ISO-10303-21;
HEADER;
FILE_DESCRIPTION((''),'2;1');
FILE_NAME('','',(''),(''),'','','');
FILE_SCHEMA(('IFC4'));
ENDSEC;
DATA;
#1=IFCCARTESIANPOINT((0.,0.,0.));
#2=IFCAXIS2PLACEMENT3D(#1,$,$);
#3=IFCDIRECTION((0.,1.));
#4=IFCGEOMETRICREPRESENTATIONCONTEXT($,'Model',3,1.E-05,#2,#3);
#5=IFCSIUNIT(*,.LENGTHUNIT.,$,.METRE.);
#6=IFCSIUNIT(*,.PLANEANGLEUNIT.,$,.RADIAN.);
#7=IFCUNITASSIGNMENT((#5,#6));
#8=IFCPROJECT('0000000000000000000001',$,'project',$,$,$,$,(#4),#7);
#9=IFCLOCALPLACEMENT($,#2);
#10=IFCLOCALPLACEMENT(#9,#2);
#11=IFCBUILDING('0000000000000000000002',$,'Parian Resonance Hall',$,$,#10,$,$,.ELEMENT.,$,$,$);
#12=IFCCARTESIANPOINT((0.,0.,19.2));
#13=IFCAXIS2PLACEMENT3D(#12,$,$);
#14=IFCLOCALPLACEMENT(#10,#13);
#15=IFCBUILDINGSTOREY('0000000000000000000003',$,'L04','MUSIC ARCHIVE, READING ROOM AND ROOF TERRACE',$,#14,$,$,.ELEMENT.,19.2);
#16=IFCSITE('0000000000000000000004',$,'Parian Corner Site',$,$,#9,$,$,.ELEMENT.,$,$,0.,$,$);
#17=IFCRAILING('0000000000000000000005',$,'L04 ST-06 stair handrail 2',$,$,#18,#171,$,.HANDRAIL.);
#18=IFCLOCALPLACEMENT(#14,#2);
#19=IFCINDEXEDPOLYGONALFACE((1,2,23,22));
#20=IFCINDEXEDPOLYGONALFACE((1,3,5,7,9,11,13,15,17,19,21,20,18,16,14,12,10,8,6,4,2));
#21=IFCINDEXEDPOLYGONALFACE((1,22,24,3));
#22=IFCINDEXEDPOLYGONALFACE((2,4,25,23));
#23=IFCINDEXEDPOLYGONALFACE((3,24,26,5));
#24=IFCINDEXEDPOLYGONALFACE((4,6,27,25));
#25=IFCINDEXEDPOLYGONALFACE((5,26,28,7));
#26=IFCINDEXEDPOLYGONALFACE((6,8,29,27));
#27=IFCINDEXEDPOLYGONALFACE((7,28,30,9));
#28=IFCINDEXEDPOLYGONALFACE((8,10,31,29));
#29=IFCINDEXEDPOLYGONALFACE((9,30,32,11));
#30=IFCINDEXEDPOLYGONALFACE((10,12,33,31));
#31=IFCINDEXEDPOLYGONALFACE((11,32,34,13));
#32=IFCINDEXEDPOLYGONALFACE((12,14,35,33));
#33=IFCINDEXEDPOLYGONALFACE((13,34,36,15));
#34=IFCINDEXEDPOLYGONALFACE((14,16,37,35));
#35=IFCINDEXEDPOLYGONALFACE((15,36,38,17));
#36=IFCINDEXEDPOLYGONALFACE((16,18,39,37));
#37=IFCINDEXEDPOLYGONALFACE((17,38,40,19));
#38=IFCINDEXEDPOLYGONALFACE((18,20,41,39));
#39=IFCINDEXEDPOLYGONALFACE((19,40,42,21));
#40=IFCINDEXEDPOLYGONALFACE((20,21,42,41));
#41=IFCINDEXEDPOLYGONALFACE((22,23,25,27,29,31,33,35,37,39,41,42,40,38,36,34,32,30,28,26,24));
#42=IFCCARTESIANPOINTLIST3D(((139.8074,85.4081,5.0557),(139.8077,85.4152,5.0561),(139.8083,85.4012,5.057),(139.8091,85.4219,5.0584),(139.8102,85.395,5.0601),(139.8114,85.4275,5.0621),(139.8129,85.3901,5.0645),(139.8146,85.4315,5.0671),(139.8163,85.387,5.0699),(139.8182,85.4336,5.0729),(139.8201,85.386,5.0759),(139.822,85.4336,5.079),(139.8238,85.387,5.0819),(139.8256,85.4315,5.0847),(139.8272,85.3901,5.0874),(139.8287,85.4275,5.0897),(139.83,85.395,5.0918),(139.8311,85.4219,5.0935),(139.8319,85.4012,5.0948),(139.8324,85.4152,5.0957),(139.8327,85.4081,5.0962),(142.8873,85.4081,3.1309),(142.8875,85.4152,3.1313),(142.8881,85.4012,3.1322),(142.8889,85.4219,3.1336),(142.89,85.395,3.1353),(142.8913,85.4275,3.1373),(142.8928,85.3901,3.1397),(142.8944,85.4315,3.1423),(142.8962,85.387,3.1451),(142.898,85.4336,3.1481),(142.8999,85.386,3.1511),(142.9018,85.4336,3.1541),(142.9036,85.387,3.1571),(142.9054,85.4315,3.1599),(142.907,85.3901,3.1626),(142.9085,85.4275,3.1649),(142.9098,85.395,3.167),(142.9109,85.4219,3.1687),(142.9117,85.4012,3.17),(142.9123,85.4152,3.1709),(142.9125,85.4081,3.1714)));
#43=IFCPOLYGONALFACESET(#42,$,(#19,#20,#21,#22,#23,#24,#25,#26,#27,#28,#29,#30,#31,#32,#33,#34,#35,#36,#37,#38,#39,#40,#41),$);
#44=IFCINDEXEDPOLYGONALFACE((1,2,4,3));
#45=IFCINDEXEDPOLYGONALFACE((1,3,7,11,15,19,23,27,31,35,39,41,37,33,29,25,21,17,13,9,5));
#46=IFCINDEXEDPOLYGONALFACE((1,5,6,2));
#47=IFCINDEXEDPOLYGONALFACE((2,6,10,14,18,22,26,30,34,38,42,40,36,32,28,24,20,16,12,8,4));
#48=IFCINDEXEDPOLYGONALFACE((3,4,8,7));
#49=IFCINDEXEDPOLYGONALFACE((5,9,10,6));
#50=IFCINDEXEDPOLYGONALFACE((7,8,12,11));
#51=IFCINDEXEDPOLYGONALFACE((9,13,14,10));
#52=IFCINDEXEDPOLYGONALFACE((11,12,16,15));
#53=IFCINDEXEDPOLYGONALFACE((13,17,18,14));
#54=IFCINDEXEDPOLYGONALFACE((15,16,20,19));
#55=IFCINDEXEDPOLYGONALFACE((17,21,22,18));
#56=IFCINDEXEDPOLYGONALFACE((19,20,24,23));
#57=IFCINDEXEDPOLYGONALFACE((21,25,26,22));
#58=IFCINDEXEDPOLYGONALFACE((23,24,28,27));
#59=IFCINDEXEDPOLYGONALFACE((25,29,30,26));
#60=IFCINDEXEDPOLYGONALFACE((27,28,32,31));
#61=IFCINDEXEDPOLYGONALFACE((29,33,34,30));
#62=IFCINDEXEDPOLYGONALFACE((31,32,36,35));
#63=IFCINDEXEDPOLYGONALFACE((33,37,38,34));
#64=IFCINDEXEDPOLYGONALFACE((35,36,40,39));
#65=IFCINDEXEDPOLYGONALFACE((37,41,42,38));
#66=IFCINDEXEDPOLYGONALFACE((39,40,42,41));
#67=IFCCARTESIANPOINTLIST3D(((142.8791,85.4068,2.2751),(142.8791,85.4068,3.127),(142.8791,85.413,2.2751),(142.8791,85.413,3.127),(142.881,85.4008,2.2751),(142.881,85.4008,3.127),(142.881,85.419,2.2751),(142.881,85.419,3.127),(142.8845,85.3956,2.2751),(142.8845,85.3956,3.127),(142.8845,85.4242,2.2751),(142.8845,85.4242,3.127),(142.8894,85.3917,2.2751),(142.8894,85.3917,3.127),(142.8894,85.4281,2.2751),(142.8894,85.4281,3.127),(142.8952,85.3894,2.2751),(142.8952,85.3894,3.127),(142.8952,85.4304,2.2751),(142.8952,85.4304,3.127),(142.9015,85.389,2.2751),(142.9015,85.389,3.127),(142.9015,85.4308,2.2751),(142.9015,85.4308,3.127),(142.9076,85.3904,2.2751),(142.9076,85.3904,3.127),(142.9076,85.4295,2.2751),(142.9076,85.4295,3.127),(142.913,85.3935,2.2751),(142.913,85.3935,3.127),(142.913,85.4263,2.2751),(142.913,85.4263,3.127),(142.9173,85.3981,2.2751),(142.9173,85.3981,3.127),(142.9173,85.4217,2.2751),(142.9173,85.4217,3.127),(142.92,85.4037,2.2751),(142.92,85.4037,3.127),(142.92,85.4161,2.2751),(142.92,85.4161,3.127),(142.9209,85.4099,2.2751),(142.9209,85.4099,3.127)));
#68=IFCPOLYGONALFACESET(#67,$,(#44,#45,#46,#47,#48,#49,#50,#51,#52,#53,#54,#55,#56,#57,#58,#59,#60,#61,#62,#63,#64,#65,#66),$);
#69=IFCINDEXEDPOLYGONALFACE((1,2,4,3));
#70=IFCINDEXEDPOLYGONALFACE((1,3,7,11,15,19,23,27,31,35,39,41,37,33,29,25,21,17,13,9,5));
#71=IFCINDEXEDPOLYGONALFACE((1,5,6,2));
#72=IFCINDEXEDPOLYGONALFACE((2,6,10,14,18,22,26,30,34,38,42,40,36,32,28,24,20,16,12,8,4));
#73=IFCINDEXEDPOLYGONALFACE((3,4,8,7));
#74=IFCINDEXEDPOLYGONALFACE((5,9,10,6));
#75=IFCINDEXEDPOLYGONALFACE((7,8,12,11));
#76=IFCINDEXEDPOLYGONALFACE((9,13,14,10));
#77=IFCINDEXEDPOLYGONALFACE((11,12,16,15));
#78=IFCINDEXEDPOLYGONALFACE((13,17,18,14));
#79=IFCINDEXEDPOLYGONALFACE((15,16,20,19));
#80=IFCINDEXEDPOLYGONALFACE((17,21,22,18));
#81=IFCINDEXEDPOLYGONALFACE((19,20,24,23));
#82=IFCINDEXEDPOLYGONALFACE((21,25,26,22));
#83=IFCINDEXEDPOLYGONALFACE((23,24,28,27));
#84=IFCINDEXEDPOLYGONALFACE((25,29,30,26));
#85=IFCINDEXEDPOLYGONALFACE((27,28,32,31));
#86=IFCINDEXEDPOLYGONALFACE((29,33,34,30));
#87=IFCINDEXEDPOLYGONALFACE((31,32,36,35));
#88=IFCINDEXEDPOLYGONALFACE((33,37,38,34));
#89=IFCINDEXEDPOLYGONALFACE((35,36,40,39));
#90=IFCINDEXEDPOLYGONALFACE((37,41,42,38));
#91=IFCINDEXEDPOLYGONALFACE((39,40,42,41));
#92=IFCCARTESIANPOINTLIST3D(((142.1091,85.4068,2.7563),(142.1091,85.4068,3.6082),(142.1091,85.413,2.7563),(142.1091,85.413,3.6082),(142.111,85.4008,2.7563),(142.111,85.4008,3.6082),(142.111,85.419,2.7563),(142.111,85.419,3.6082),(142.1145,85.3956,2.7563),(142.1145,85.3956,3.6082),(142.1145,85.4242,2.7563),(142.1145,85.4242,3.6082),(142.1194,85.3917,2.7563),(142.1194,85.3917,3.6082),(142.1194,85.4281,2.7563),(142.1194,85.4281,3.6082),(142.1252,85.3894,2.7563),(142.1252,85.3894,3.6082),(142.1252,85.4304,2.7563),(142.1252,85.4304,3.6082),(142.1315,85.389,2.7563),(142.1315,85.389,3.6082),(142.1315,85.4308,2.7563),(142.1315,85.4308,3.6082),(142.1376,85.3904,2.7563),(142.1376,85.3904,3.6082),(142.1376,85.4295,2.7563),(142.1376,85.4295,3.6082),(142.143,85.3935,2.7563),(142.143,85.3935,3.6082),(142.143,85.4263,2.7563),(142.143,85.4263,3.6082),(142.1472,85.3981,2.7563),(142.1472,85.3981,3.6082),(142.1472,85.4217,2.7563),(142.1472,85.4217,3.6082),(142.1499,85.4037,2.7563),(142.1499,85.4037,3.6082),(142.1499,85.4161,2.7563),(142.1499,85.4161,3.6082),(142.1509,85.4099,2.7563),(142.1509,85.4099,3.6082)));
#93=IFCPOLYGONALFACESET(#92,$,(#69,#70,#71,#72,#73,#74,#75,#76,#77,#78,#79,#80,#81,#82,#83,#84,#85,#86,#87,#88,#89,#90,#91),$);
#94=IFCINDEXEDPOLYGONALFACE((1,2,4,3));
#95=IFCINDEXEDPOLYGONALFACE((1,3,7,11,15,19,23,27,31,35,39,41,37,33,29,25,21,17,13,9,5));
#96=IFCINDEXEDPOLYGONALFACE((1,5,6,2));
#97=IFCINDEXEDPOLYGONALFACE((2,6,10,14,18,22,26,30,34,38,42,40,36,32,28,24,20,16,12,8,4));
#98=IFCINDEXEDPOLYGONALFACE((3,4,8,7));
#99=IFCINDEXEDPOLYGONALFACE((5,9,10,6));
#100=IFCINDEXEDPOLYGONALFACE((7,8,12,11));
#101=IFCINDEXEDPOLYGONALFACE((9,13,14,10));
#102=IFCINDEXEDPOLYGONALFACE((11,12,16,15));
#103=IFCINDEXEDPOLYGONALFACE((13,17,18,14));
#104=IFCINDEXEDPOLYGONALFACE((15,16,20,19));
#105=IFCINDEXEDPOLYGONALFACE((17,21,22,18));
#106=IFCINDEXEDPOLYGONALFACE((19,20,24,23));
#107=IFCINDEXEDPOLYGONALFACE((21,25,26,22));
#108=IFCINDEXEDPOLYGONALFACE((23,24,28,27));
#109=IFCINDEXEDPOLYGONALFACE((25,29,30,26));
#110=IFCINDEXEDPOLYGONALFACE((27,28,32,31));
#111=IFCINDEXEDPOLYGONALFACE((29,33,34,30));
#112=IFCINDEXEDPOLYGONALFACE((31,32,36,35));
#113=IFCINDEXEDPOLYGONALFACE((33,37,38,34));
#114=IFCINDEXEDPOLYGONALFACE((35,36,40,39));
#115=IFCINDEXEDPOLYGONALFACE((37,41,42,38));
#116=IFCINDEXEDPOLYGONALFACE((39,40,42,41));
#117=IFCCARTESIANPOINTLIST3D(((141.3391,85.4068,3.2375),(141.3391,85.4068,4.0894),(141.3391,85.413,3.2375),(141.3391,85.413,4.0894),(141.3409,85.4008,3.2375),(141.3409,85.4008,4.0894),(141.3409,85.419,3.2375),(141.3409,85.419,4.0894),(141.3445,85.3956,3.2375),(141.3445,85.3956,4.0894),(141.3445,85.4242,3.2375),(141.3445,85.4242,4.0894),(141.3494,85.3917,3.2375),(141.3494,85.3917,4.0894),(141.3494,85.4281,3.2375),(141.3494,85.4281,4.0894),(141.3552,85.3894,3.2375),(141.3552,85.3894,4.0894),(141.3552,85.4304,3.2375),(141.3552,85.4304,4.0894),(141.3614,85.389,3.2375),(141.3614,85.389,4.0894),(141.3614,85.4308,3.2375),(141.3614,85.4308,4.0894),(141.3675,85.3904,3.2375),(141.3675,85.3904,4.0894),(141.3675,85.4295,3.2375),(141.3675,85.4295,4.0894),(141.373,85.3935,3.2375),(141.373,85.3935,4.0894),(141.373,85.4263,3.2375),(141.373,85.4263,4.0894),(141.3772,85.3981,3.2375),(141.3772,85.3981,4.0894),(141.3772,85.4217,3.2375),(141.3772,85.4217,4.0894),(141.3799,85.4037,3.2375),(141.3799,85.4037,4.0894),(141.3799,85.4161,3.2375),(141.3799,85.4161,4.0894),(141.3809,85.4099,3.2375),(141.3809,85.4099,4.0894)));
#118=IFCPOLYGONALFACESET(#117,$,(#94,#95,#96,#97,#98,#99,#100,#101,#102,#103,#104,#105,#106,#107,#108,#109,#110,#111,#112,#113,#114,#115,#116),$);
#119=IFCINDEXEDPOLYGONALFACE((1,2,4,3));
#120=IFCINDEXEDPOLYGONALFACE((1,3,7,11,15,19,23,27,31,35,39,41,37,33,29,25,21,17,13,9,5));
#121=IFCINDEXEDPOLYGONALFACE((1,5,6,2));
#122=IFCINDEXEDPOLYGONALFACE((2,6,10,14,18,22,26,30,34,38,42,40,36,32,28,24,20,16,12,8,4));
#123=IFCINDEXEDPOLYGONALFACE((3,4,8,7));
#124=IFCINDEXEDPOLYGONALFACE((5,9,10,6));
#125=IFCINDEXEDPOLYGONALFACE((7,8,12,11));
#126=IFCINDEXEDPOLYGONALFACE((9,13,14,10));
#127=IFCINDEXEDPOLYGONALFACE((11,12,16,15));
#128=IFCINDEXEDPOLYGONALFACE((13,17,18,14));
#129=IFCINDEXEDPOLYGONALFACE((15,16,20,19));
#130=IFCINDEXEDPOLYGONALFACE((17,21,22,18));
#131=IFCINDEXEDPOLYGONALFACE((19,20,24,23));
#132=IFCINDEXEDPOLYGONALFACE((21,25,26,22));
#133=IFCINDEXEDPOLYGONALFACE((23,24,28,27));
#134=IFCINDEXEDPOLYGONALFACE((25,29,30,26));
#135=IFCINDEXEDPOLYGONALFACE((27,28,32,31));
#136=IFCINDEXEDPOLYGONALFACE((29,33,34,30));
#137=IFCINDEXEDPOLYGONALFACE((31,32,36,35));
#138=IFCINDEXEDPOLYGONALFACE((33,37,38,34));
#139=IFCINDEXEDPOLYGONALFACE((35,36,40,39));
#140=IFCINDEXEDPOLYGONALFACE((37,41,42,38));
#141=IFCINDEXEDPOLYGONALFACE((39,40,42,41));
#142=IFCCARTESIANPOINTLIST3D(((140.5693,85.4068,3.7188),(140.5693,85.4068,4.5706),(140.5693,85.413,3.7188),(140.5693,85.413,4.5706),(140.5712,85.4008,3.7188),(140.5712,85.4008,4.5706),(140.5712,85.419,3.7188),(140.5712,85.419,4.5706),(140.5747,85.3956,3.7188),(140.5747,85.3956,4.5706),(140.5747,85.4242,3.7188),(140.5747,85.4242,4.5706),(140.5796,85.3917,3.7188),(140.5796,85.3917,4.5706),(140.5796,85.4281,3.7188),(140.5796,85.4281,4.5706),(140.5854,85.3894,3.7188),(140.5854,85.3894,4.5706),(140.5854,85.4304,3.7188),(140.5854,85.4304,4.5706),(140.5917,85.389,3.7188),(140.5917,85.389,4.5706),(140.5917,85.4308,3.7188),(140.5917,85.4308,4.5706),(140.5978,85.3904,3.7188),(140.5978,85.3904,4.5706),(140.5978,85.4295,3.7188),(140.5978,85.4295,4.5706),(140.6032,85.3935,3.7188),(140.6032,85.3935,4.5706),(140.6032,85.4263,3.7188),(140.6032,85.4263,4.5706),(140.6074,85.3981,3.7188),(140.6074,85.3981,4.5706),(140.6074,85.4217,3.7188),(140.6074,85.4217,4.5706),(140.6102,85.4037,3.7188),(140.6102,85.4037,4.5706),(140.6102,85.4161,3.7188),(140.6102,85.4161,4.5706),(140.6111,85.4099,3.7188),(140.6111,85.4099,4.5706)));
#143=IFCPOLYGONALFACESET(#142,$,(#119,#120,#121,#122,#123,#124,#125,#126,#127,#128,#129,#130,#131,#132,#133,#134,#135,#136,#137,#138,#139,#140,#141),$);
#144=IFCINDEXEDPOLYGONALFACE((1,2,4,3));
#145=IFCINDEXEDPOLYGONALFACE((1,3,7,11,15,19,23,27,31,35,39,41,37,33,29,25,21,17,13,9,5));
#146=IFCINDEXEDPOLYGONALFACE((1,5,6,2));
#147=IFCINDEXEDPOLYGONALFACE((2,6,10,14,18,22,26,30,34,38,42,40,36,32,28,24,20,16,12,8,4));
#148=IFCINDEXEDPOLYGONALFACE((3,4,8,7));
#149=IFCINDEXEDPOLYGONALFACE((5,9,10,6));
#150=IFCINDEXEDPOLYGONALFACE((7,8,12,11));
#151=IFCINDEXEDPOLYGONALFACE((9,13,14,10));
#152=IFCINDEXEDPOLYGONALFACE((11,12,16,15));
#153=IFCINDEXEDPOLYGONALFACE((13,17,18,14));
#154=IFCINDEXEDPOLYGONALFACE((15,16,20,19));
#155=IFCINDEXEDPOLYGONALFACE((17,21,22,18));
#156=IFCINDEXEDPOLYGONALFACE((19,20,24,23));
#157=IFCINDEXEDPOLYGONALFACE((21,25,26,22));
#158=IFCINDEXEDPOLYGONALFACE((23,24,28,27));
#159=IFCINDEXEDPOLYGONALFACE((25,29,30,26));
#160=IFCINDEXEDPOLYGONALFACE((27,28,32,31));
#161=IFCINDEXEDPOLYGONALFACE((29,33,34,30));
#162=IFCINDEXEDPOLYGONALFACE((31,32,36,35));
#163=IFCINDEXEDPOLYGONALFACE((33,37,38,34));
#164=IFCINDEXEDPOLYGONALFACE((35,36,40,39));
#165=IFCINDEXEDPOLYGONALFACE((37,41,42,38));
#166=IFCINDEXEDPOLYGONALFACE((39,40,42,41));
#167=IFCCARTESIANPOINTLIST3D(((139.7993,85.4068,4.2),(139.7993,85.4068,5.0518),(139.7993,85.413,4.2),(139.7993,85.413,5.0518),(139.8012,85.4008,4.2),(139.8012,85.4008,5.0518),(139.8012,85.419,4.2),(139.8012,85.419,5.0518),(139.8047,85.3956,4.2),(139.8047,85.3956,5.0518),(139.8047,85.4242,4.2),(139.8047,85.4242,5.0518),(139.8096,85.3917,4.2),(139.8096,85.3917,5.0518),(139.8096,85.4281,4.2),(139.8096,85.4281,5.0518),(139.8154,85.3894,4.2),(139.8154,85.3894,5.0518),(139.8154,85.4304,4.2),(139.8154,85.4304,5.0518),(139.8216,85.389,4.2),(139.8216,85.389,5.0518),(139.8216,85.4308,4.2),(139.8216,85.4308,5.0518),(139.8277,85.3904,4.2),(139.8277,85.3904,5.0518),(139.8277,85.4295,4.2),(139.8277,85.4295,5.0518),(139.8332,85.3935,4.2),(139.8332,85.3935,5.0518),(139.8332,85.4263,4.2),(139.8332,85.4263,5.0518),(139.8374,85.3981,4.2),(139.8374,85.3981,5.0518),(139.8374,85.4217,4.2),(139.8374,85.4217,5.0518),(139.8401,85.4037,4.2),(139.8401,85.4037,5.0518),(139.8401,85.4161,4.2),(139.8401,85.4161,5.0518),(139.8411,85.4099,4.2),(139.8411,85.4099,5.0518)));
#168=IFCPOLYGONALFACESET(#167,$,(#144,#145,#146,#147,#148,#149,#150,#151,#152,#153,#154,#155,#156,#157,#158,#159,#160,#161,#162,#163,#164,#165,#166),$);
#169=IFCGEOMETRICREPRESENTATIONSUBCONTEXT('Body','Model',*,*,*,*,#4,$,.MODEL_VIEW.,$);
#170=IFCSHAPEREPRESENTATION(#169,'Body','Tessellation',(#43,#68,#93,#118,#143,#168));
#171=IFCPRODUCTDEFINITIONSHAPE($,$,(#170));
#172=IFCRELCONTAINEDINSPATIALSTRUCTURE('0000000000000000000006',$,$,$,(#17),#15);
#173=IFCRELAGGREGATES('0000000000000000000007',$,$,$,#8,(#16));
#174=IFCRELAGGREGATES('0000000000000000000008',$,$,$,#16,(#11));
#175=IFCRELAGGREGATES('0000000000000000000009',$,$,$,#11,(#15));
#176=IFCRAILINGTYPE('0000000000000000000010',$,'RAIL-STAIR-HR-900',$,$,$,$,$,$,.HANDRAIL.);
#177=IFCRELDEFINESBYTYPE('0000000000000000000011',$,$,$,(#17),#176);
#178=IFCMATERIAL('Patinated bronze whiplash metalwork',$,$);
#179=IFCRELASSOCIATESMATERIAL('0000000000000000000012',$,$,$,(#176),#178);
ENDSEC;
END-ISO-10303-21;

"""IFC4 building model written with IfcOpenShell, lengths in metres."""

from ifc_helpers import new_model, si_unit, direction, frame, origin, origin_2d, place, context, subcontext, project, spatial, circle, extrude, material, type_object, element, save


model = new_model("IFC4")

# Units and contexts
model_context = context("Model", 3, precision=1e-05, world=origin(), true_north=direction((0.0, 1.0)))
body_context = subcontext(model_context, "Body", "Model", "MODEL_VIEW")
ifc_project = project(units=[si_unit("LENGTHUNIT", "METRE"), si_unit("PLANEANGLEUNIT", "RADIAN")], contexts=[model_context])

# Site, building, storey
site_placement = place(None, origin())
site = spatial("IfcSite", under=ifc_project, at=site_placement, Name="Parian Corner Site", CompositionType="ELEMENT", RefElevation=0.0)
building_placement = place(site_placement, origin())
building = spatial("IfcBuilding", under=site, at=building_placement, Name="Parian Resonance Hall", CompositionType="ELEMENT")
storey_placement = place(building_placement, frame((0.0, 0.0, 19.2)))
storey = spatial("IfcBuildingStorey", under=building, at=storey_placement, Name="L04", Description="MUSIC ARCHIVE, READING ROOM AND ROOF TERRACE", CompositionType="ELEMENT", Elevation=19.2)

# Railing
ifc_material_1 = material(Name="Patinated bronze whiplash metalwork")
railing_type_1 = type_object("IfcRailingType", Name="RAIL-STAIR-HR-900", PredefinedType="HANDRAIL", material=ifc_material_1)
railing_1_placement = place(storey_placement, frame((142.8999, 85.4099, 2.2751)))
element("IfcRailing", 1, at=railing_1_placement, inside=storey, type_object=railing_type_1, Name="L04 ST-06 stair handrail 2", PredefinedType="HANDRAIL", context=body_context, shape_type="SweptSolid", body=[
    extrude(circle(Radius=0.0239, at=origin_2d()), frame((0.0, 0.0, 0.876), z_axis=(-0.84801, 0.0, 0.529981), x_axis=(0.0, -1.0, 0.0)), (0.0, 0.0, 1.0), 3.6318),
    extrude(circle(Radius=0.021, at=origin_2d()), origin(), (0.0, 0.0, 1.0), 0.8518),
    extrude(circle(Radius=0.021, at=origin_2d()), frame((-0.77, 0.0, 0.4812)), (0.0, 0.0, 1.0), 0.8518),
    extrude(circle(Radius=0.021, at=origin_2d()), frame((-1.54, 0.0, 0.9624)), (0.0, 0.0, 1.0), 0.8518),
    extrude(circle(Radius=0.021, at=origin_2d()), frame((-2.3098, 0.0, 1.4436)), (0.0, 0.0, 1.0), 0.8518),
    extrude(circle(Radius=0.021, at=origin_2d()), frame((-3.0798, 0.0, 1.9248)), (0.0, 0.0, 1.0), 0.8518),
])

save(model, "model.ifc")
